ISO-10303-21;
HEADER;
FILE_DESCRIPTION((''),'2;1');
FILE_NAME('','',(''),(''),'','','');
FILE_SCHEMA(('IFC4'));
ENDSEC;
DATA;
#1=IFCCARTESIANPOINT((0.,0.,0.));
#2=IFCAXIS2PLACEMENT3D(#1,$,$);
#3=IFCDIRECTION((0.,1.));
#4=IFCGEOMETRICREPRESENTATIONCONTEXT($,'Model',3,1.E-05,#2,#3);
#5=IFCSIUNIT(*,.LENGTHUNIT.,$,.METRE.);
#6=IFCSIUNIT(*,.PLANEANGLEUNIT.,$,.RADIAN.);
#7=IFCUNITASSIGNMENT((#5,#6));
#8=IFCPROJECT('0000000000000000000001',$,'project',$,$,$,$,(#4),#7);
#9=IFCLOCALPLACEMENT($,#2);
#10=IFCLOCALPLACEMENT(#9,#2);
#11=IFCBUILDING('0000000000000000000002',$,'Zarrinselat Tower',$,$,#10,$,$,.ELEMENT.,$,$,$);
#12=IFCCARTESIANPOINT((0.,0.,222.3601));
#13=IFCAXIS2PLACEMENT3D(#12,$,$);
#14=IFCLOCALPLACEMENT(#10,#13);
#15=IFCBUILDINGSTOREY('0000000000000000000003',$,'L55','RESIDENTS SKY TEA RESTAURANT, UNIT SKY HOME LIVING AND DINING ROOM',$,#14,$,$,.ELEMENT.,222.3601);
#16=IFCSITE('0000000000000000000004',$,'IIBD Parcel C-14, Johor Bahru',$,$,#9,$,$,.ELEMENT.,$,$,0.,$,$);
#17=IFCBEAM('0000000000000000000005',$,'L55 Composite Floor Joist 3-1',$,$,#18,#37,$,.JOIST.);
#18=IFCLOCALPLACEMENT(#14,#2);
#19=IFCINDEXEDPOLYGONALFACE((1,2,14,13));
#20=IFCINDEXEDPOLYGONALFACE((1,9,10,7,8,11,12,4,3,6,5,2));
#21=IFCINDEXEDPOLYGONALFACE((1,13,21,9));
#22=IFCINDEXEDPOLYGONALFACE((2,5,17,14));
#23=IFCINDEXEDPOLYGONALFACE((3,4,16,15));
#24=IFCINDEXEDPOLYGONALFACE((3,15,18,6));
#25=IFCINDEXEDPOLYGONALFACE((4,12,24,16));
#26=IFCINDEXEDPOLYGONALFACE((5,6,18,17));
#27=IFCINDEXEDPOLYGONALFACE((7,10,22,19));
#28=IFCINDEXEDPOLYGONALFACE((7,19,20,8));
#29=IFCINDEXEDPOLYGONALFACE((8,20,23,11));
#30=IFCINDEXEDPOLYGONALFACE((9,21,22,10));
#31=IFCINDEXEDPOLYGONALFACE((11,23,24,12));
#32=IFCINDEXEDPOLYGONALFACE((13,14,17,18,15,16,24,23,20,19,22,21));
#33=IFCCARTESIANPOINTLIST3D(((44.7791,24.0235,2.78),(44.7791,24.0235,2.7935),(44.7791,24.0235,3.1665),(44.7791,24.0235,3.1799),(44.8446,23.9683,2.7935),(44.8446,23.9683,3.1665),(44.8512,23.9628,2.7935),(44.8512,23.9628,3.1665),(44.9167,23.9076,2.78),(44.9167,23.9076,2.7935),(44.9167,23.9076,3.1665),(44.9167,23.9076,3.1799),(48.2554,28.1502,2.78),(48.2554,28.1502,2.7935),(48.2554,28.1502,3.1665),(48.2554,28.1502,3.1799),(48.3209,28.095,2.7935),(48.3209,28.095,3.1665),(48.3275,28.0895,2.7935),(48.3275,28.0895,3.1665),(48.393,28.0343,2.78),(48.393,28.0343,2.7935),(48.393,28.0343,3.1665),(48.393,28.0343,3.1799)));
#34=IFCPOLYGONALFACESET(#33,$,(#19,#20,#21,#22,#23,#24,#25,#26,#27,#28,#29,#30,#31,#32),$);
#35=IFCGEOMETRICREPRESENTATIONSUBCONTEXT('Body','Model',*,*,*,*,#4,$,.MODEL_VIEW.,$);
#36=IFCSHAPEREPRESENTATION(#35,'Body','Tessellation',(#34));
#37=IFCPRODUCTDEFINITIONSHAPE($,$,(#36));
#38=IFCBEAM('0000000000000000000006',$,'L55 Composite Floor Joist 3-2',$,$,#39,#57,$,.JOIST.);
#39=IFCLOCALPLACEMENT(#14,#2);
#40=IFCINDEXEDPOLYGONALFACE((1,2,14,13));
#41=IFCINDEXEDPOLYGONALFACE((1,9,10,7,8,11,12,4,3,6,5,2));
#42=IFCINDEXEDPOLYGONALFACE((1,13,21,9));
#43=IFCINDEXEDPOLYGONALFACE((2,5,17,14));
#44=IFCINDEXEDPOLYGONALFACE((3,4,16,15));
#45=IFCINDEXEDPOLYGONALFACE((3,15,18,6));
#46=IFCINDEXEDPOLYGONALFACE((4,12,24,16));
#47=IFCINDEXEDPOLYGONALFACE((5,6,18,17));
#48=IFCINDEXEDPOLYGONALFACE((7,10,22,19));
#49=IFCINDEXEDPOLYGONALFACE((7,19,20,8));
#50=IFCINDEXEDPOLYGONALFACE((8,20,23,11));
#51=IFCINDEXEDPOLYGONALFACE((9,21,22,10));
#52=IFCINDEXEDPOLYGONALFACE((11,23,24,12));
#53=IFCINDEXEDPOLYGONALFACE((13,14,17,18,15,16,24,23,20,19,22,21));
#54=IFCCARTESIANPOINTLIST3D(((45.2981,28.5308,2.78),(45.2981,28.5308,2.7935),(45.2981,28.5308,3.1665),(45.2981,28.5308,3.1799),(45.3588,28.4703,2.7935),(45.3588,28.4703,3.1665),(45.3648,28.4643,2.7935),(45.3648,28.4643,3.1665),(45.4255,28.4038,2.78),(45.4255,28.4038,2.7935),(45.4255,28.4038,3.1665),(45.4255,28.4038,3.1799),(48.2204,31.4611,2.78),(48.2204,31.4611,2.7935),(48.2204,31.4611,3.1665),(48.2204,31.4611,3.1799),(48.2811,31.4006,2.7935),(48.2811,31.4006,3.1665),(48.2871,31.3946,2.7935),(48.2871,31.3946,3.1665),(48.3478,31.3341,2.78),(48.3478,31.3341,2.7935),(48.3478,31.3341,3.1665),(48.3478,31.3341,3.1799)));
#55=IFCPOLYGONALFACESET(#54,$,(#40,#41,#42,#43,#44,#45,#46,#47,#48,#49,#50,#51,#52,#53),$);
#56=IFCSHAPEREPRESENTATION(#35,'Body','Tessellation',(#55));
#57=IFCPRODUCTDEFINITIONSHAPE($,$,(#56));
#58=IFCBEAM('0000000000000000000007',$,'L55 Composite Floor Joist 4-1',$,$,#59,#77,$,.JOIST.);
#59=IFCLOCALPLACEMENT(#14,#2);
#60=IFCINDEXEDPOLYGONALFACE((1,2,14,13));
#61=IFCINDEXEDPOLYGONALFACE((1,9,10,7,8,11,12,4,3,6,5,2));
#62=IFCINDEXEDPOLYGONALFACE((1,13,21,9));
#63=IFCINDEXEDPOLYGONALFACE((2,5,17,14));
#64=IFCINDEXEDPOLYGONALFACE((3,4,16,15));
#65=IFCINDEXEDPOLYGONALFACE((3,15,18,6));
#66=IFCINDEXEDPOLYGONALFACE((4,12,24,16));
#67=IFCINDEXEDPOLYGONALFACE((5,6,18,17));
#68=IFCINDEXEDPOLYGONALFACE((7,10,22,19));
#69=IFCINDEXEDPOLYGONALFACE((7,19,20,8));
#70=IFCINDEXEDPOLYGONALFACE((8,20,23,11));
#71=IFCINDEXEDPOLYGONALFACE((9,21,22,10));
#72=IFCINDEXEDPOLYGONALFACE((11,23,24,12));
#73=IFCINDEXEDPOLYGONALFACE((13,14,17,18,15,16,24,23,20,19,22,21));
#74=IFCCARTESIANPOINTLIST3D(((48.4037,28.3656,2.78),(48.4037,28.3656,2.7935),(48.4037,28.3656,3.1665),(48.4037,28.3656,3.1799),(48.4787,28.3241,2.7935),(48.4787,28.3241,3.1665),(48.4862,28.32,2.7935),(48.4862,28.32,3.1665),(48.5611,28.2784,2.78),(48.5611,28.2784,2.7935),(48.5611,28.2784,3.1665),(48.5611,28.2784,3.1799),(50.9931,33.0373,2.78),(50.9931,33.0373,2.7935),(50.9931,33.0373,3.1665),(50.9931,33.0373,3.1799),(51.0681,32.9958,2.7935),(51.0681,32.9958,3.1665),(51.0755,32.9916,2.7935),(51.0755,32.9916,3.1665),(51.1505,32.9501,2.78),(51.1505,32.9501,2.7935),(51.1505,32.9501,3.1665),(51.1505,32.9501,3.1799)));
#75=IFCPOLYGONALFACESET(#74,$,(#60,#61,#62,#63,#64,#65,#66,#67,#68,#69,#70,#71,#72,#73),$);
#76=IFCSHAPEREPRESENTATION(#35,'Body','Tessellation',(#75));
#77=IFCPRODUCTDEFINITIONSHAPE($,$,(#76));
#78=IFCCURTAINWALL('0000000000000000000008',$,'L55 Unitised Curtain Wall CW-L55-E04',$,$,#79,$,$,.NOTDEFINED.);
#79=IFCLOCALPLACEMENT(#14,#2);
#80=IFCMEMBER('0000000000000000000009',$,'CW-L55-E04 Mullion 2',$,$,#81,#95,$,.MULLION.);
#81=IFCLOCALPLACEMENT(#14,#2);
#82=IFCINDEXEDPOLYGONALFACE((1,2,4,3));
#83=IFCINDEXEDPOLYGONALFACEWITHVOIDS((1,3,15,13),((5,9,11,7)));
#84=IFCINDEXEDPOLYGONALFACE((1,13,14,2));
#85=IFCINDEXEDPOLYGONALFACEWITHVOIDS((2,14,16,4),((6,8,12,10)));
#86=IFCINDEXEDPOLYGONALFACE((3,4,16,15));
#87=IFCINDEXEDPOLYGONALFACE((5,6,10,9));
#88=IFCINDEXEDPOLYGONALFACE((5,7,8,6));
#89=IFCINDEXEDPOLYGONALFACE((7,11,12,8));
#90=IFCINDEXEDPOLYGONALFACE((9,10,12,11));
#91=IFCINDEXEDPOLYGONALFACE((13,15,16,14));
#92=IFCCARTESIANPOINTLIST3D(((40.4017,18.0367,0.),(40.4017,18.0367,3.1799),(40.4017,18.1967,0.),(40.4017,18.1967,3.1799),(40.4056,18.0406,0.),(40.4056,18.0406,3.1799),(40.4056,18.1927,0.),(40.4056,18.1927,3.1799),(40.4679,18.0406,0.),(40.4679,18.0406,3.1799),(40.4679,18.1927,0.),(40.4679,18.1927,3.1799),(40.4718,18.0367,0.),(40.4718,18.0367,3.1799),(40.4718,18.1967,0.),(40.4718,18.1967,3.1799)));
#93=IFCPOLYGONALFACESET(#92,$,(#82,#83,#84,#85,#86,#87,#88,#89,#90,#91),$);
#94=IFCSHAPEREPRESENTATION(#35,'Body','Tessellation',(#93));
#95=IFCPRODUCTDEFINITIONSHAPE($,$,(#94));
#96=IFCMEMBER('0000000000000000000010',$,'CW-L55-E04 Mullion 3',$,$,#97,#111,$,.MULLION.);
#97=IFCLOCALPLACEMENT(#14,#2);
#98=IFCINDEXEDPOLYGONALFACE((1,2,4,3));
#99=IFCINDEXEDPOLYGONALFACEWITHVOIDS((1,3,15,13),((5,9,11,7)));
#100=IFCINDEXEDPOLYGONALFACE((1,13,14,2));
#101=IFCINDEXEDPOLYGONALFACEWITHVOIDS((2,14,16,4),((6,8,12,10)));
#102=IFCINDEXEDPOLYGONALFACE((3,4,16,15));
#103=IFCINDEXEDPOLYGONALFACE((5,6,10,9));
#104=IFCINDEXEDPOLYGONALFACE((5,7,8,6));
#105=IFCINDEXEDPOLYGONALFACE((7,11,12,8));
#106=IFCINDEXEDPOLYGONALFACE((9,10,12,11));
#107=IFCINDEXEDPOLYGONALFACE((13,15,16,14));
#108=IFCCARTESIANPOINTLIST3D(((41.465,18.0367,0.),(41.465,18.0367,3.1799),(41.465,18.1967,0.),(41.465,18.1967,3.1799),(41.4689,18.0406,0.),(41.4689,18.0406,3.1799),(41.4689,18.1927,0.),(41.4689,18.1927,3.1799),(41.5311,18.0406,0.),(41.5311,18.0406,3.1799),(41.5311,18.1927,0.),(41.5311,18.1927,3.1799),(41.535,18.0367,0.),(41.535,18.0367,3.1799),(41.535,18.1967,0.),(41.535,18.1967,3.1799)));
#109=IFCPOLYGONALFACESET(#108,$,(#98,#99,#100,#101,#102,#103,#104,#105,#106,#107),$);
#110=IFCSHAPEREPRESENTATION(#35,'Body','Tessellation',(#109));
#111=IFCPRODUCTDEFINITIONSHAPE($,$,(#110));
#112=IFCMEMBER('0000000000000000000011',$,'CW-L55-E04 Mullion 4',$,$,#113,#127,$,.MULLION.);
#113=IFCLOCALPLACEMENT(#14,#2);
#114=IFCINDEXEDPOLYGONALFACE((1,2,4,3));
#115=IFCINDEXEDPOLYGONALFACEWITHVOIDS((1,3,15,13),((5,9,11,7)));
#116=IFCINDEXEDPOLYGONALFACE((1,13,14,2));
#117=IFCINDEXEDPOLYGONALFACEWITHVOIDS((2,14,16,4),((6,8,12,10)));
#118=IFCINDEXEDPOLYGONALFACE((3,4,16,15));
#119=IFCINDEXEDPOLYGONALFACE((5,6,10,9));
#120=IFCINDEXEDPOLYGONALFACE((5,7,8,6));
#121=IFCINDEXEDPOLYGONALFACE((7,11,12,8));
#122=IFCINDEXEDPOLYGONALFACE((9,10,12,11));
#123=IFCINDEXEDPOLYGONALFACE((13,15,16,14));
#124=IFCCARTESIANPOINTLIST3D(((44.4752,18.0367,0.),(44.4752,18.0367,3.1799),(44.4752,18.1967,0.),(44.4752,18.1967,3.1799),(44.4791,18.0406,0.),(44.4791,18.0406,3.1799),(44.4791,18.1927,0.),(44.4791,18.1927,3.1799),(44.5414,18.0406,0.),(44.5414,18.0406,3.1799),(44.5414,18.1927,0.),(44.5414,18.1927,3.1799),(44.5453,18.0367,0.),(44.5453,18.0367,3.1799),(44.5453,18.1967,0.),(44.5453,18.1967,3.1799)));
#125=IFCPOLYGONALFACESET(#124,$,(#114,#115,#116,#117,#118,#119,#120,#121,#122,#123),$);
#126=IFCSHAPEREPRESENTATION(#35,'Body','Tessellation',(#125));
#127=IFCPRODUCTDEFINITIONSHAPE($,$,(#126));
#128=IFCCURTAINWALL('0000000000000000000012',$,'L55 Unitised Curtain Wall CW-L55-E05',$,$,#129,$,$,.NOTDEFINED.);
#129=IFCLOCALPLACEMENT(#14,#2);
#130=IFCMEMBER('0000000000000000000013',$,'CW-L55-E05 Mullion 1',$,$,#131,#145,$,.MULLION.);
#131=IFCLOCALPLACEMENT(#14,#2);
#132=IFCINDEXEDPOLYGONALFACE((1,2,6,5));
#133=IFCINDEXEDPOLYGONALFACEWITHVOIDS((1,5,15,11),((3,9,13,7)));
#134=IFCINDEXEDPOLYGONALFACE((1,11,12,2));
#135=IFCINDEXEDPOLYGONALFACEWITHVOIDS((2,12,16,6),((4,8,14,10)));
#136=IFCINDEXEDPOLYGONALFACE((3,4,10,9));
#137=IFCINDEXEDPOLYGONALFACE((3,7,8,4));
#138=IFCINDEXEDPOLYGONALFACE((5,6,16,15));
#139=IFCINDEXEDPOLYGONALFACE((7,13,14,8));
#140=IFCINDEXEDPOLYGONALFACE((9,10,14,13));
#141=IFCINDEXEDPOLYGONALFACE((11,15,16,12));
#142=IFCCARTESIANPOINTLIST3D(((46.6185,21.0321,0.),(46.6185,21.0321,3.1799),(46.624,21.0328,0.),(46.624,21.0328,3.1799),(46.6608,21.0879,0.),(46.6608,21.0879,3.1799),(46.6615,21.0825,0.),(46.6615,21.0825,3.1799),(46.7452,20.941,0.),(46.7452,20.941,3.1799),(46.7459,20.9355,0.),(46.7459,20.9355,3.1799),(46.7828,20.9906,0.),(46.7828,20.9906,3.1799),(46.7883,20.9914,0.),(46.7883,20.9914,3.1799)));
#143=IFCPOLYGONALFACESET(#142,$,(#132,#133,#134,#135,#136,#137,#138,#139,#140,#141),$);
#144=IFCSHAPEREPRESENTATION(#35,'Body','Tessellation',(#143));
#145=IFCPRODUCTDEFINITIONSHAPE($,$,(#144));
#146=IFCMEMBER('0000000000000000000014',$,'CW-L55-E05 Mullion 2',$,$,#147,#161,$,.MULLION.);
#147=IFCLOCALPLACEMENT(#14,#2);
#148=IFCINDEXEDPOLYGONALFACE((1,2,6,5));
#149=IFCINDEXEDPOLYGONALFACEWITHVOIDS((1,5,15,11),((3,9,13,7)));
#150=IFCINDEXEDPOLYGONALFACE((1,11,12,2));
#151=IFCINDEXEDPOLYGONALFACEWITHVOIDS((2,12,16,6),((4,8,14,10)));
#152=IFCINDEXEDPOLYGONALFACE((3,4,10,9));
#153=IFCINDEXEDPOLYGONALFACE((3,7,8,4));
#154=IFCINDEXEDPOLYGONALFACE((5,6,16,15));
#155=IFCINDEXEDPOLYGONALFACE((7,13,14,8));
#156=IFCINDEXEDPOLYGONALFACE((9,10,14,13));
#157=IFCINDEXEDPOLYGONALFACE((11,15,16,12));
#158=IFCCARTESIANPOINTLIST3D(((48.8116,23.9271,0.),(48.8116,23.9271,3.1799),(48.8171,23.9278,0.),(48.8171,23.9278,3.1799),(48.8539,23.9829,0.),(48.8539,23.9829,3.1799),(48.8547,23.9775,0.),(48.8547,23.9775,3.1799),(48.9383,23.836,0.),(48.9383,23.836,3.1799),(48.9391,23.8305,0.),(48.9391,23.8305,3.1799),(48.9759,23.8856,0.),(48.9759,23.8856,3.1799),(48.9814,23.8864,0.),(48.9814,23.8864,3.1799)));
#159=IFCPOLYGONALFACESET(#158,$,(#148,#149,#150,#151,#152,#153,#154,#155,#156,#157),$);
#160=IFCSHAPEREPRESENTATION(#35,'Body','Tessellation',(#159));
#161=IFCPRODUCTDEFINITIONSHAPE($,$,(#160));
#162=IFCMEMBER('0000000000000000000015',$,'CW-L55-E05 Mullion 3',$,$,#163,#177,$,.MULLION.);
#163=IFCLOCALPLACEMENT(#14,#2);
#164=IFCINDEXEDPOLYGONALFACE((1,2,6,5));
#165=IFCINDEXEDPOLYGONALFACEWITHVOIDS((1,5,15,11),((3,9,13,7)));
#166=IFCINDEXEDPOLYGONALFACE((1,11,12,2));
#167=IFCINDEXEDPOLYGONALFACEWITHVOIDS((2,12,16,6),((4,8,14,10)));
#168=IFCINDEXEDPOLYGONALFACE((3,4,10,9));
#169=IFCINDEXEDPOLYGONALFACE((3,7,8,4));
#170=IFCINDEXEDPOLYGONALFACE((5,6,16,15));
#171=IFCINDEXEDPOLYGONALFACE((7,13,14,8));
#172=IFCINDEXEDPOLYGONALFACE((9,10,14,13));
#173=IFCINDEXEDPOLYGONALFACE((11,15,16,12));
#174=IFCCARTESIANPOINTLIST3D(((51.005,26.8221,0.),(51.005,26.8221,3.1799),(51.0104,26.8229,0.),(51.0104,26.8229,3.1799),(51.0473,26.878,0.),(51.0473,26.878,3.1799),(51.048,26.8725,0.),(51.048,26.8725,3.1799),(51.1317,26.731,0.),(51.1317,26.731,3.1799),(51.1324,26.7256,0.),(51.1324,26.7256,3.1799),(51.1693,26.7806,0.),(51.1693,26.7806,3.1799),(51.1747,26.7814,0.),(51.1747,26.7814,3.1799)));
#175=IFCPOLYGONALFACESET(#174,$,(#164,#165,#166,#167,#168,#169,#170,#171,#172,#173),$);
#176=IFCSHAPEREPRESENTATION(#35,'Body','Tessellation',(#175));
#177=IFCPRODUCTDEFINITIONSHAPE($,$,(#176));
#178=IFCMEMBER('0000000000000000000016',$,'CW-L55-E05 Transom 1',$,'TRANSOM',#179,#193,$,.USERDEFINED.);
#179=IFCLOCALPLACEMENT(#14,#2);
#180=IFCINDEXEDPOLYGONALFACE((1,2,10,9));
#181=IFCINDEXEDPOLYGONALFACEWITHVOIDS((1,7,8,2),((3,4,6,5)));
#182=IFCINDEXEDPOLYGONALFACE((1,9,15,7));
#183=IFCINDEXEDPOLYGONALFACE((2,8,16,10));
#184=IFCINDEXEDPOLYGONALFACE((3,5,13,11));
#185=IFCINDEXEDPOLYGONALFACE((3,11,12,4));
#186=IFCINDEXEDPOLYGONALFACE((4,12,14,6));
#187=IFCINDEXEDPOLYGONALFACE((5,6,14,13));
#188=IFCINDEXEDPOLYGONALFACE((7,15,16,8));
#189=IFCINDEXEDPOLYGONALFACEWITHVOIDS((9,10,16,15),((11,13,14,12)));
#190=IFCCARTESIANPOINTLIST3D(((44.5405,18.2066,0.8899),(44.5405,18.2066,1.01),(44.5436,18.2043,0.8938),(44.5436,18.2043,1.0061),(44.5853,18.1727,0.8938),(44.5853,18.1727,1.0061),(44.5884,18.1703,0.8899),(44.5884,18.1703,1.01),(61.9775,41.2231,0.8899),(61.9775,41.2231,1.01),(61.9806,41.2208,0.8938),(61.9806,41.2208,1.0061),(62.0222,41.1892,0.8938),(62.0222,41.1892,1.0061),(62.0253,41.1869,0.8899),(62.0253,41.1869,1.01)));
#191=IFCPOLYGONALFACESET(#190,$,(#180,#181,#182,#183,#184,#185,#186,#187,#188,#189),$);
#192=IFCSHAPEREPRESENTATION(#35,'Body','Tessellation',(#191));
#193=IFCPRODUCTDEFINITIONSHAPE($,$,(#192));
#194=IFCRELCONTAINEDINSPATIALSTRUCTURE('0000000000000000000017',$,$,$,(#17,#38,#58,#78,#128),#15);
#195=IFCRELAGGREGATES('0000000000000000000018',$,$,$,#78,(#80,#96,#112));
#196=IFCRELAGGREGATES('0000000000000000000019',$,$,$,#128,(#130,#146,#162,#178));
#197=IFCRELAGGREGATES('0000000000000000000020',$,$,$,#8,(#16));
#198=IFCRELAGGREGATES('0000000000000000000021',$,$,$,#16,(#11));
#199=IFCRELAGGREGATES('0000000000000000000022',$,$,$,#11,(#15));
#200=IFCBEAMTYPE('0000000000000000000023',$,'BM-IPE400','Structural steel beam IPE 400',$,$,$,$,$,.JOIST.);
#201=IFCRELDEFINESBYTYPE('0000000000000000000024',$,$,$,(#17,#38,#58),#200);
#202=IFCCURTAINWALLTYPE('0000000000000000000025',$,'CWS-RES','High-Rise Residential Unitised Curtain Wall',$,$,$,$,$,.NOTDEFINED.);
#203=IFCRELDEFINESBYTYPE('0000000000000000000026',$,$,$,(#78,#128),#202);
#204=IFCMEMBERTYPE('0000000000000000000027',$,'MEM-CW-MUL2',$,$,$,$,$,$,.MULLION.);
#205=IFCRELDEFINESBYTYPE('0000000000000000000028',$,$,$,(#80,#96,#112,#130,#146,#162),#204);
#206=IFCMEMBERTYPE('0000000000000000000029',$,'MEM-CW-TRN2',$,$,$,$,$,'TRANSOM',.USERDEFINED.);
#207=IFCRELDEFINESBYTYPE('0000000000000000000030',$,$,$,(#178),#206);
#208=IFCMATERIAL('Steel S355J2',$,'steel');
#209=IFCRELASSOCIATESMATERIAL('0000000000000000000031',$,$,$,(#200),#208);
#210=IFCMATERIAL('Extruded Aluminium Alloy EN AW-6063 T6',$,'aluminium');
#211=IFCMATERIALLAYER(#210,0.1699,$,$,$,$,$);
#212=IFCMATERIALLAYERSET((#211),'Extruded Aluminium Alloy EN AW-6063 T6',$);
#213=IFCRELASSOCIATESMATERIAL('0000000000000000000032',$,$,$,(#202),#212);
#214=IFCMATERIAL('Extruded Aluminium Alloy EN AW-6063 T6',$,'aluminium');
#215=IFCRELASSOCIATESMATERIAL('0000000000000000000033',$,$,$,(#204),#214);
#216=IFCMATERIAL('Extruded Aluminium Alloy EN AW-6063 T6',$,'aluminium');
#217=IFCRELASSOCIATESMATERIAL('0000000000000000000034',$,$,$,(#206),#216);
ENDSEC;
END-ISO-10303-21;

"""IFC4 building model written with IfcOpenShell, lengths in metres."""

from ifc_helpers import new_model, si_unit, direction, frame, origin, origin_2d, place, context, subcontext, project, spatial, hollow_rectangle, i_section, extrude, material, layer, layer_set, material_profile, profile_set, type_object, element, aggregate, save


model = new_model("IFC4")

# Units and contexts
model_context = context("Model", 3, precision=1e-05, world=origin(), true_north=direction((0.0, 1.0)))
body_context = subcontext(model_context, "Body", "Model", "MODEL_VIEW")
ifc_project = project(units=[si_unit("LENGTHUNIT", "METRE"), si_unit("PLANEANGLEUNIT", "RADIAN")], contexts=[model_context])

# Site, building, storey
site_placement = place(None, origin())
site = spatial("IfcSite", under=ifc_project, at=site_placement, Name="IIBD Parcel C-14, Johor Bahru", CompositionType="ELEMENT", RefElevation=0.0)
building_placement = place(site_placement, origin())
building = spatial("IfcBuilding", under=site, at=building_placement, Name="Zarrinselat Tower", CompositionType="ELEMENT")
storey_placement = place(building_placement, frame((0.0, 0.0, 222.3601)))
storey = spatial("IfcBuildingStorey", under=building, at=storey_placement, Name="L55", Description="RESIDENTS SKY TEA RESTAURANT, UNIT SKY HOME LIVING AND DINING ROOM", CompositionType="ELEMENT", Elevation=222.3601)

# Beams
ifc_material_1 = material(Name="Steel S355J2", Category="steel")
ifc_material_profile_1 = material_profile(ifc_material_1, i_section(OverallWidth=0.1799, OverallDepth=0.3999, WebThickness=0.0085, FlangeThickness=0.0134, at=origin_2d()), Name="IPE 400")
ifc_profile_set_1 = profile_set([ifc_material_profile_1], Name="Steel S355J2")
beam_type_1 = type_object("IfcBeamType", Name="BM-IPE400", Description="Structural steel beam IPE 400", PredefinedType="JOIST", material=ifc_profile_set_1)
beam_1_placement = place(storey_placement, frame((44.8479, 23.9656, 2.98), z_axis=(0.644265, 0.764802, 0.0), x_axis=(-0.764802, 0.644265, 0.0)))
element("IfcBeam", 1, at=beam_1_placement, inside=storey, type_object=beam_type_1, Name="L55 Composite Floor Joist 3-1", PredefinedType="JOIST", context=body_context, shape_type="SweptSolid", body=[
    extrude(i_section(OverallWidth=0.1799, OverallDepth=0.3999, WebThickness=0.0085, FlangeThickness=0.0134, at=origin_2d()), origin(), (0.0, 0.0, 1.0), 5.3958),
])
beam_2_placement = place(storey_placement, frame((45.3618, 28.4673, 2.98), z_axis=(0.706133, 0.708079, 0.0), x_axis=(-0.708079, 0.706133, 0.0)))
element("IfcBeam", 2, at=beam_2_placement, inside=storey, type_object=beam_type_1, Name="L55 Composite Floor Joist 3-2", PredefinedType="JOIST", context=body_context, shape_type="SweptSolid", body=[
    extrude(i_section(OverallWidth=0.1799, OverallDepth=0.3999, WebThickness=0.0085, FlangeThickness=0.0134, at=origin_2d()), origin(), (0.0, 0.0, 1.0), 4.1384),
])
beam_3_placement = place(storey_placement, frame((48.4824, 28.322, 2.98), z_axis=(0.484785, 0.874633, 0.0), x_axis=(-0.874633, 0.484785, 0.0)))
element("IfcBeam", 3, at=beam_3_placement, inside=storey, type_object=beam_type_1, Name="L55 Composite Floor Joist 4-1", PredefinedType="JOIST", context=body_context, shape_type="SweptSolid", body=[
    extrude(i_section(OverallWidth=0.1799, OverallDepth=0.3999, WebThickness=0.0085, FlangeThickness=0.0134, at=origin_2d()), origin(), (0.0, 0.0, 1.0), 5.3413),
])

# Curtain walls, members
ifc_material_2 = material(Name="Extruded Aluminium Alloy EN AW-6063 T6", Category="aluminium")
ifc_layer_1 = layer(ifc_material_2, 0.1699)
ifc_layer_set_1 = layer_set([ifc_layer_1], Name="Extruded Aluminium Alloy EN AW-6063 T6")
curtain_wall_type = type_object("IfcCurtainWallType", Name="CWS-RES", Description="High-Rise Residential Unitised Curtain Wall", PredefinedType="NOTDEFINED", material=ifc_layer_set_1)
curtain_wall_1_placement = place(storey_placement, origin())
curtain_wall_1 = element("IfcCurtainWall", 4, at=curtain_wall_1_placement, inside=storey, type_object=curtain_wall_type, Name="L55 Unitised Curtain Wall CW-L55-E04", PredefinedType="NOTDEFINED")
ifc_material_3 = material(Name="Extruded Aluminium Alloy EN AW-6063 T6", Category="aluminium")
ifc_material_profile_2 = material_profile(ifc_material_3, hollow_rectangle(XDim=0.0701, YDim=0.1599, WallThickness=0.0039, at=origin_2d()), Name="RHS 160x70x4")
ifc_profile_set_2 = profile_set([ifc_material_profile_2], Name="Extruded Aluminium Alloy EN AW-6063 T6")
member_type_1 = type_object("IfcMemberType", Name="MEM-CW-MUL2", PredefinedType="MULLION", material=ifc_profile_set_2)
member_1_placement = place(storey_placement, frame((40.4368, 18.1167, 0.0), z_axis=(0.0, 0.0, 1.0), x_axis=(1.0, 0.0, 0.0)))
member_1 = element("IfcMember", 5, at=member_1_placement, type_object=member_type_1, Name="CW-L55-E04 Mullion 2", PredefinedType="MULLION", context=body_context, shape_type="SweptSolid", body=[
    extrude(hollow_rectangle(XDim=0.0701, YDim=0.1599, WallThickness=0.0039, at=origin_2d()), origin(), (0.0, 0.0, 1.0), 3.1799),
])
member_2_placement = place(storey_placement, frame((41.5, 18.1167, 0.0), z_axis=(0.0, 0.0, 1.0), x_axis=(1.0, 0.0, 0.0)))
member_2 = element("IfcMember", 6, at=member_2_placement, type_object=member_type_1, Name="CW-L55-E04 Mullion 3", PredefinedType="MULLION", context=body_context, shape_type="SweptSolid", body=[
    extrude(hollow_rectangle(XDim=0.0701, YDim=0.1599, WallThickness=0.0039, at=origin_2d()), origin(), (0.0, 0.0, 1.0), 3.1799),
])
member_3_placement = place(storey_placement, frame((44.5103, 18.1167, 0.0), z_axis=(0.0, 0.0, 1.0), x_axis=(1.0, 0.0, 0.0)))
member_3 = element("IfcMember", 7, at=member_3_placement, type_object=member_type_1, Name="CW-L55-E04 Mullion 4", PredefinedType="MULLION", context=body_context, shape_type="SweptSolid", body=[
    extrude(hollow_rectangle(XDim=0.0701, YDim=0.1599, WallThickness=0.0039, at=origin_2d()), origin(), (0.0, 0.0, 1.0), 3.1799),
])
curtain_wall_2_placement = place(storey_placement, origin())
curtain_wall_2 = element("IfcCurtainWall", 8, at=curtain_wall_2_placement, inside=storey, type_object=curtain_wall_type, Name="L55 Unitised Curtain Wall CW-L55-E05", PredefinedType="NOTDEFINED")
member_4_placement = place(storey_placement, frame((46.7034, 21.0117, 0.0), z_axis=(0.0, 0.0, 1.0), x_axis=(0.603859, 0.797091, 0.0)))
member_4 = element("IfcMember", 9, at=member_4_placement, type_object=member_type_1, Name="CW-L55-E05 Mullion 1", PredefinedType="MULLION", context=body_context, shape_type="SweptSolid", body=[
    extrude(hollow_rectangle(XDim=0.0701, YDim=0.1599, WallThickness=0.0039, at=origin_2d()), origin(), (0.0, 0.0, 1.0), 3.1799),
])
member_5_placement = place(storey_placement, frame((48.8965, 23.9067, 0.0), z_axis=(0.0, 0.0, 1.0), x_axis=(0.603859, 0.797091, 0.0)))
member_5 = element("IfcMember", 10, at=member_5_placement, type_object=member_type_1, Name="CW-L55-E05 Mullion 2", PredefinedType="MULLION", context=body_context, shape_type="SweptSolid", body=[
    extrude(hollow_rectangle(XDim=0.0701, YDim=0.1599, WallThickness=0.0039, at=origin_2d()), origin(), (0.0, 0.0, 1.0), 3.1799),
])
member_6_placement = place(storey_placement, frame((51.0898, 26.8018, 0.0), z_axis=(0.0, 0.0, 1.0), x_axis=(0.603859, 0.797091, 0.0)))
member_6 = element("IfcMember", 11, at=member_6_placement, type_object=member_type_1, Name="CW-L55-E05 Mullion 3", PredefinedType="MULLION", context=body_context, shape_type="SweptSolid", body=[
    extrude(hollow_rectangle(XDim=0.0701, YDim=0.1599, WallThickness=0.0039, at=origin_2d()), origin(), (0.0, 0.0, 1.0), 3.1799),
])
ifc_material_4 = material(Name="Extruded Aluminium Alloy EN AW-6063 T6", Category="aluminium")
ifc_material_profile_3 = material_profile(ifc_material_4, hollow_rectangle(XDim=0.0601, YDim=0.1201, WallThickness=0.0039, at=origin_2d()), Name="RHS 120x60x4")
ifc_profile_set_3 = profile_set([ifc_material_profile_3], Name="Extruded Aluminium Alloy EN AW-6063 T6")
member_type_2 = type_object("IfcMemberType", Name="MEM-CW-TRN2", ElementType="TRANSOM", PredefinedType="USERDEFINED", material=ifc_profile_set_3)
member_7_placement = place(storey_placement, frame((44.5645, 18.1885, 0.95), z_axis=(0.603862, 0.797089, 0.0), x_axis=(-0.797089, 0.603862, 0.0)))
member_7 = element("IfcMember", 12, at=member_7_placement, type_object=member_type_2, Name="CW-L55-E05 Transom 1", ObjectType="TRANSOM", PredefinedType="USERDEFINED", context=body_context, shape_type="SweptSolid", body=[
    extrude(hollow_rectangle(XDim=0.0601, YDim=0.1201, WallThickness=0.0039, at=origin_2d()), origin(), (0.0, 0.0, 1.0), 28.8757),
])

aggregate(curtain_wall_1, [member_1, member_2, member_3])
aggregate(curtain_wall_2, [member_4, member_5, member_6, member_7])

save(model, "model.ifc")
